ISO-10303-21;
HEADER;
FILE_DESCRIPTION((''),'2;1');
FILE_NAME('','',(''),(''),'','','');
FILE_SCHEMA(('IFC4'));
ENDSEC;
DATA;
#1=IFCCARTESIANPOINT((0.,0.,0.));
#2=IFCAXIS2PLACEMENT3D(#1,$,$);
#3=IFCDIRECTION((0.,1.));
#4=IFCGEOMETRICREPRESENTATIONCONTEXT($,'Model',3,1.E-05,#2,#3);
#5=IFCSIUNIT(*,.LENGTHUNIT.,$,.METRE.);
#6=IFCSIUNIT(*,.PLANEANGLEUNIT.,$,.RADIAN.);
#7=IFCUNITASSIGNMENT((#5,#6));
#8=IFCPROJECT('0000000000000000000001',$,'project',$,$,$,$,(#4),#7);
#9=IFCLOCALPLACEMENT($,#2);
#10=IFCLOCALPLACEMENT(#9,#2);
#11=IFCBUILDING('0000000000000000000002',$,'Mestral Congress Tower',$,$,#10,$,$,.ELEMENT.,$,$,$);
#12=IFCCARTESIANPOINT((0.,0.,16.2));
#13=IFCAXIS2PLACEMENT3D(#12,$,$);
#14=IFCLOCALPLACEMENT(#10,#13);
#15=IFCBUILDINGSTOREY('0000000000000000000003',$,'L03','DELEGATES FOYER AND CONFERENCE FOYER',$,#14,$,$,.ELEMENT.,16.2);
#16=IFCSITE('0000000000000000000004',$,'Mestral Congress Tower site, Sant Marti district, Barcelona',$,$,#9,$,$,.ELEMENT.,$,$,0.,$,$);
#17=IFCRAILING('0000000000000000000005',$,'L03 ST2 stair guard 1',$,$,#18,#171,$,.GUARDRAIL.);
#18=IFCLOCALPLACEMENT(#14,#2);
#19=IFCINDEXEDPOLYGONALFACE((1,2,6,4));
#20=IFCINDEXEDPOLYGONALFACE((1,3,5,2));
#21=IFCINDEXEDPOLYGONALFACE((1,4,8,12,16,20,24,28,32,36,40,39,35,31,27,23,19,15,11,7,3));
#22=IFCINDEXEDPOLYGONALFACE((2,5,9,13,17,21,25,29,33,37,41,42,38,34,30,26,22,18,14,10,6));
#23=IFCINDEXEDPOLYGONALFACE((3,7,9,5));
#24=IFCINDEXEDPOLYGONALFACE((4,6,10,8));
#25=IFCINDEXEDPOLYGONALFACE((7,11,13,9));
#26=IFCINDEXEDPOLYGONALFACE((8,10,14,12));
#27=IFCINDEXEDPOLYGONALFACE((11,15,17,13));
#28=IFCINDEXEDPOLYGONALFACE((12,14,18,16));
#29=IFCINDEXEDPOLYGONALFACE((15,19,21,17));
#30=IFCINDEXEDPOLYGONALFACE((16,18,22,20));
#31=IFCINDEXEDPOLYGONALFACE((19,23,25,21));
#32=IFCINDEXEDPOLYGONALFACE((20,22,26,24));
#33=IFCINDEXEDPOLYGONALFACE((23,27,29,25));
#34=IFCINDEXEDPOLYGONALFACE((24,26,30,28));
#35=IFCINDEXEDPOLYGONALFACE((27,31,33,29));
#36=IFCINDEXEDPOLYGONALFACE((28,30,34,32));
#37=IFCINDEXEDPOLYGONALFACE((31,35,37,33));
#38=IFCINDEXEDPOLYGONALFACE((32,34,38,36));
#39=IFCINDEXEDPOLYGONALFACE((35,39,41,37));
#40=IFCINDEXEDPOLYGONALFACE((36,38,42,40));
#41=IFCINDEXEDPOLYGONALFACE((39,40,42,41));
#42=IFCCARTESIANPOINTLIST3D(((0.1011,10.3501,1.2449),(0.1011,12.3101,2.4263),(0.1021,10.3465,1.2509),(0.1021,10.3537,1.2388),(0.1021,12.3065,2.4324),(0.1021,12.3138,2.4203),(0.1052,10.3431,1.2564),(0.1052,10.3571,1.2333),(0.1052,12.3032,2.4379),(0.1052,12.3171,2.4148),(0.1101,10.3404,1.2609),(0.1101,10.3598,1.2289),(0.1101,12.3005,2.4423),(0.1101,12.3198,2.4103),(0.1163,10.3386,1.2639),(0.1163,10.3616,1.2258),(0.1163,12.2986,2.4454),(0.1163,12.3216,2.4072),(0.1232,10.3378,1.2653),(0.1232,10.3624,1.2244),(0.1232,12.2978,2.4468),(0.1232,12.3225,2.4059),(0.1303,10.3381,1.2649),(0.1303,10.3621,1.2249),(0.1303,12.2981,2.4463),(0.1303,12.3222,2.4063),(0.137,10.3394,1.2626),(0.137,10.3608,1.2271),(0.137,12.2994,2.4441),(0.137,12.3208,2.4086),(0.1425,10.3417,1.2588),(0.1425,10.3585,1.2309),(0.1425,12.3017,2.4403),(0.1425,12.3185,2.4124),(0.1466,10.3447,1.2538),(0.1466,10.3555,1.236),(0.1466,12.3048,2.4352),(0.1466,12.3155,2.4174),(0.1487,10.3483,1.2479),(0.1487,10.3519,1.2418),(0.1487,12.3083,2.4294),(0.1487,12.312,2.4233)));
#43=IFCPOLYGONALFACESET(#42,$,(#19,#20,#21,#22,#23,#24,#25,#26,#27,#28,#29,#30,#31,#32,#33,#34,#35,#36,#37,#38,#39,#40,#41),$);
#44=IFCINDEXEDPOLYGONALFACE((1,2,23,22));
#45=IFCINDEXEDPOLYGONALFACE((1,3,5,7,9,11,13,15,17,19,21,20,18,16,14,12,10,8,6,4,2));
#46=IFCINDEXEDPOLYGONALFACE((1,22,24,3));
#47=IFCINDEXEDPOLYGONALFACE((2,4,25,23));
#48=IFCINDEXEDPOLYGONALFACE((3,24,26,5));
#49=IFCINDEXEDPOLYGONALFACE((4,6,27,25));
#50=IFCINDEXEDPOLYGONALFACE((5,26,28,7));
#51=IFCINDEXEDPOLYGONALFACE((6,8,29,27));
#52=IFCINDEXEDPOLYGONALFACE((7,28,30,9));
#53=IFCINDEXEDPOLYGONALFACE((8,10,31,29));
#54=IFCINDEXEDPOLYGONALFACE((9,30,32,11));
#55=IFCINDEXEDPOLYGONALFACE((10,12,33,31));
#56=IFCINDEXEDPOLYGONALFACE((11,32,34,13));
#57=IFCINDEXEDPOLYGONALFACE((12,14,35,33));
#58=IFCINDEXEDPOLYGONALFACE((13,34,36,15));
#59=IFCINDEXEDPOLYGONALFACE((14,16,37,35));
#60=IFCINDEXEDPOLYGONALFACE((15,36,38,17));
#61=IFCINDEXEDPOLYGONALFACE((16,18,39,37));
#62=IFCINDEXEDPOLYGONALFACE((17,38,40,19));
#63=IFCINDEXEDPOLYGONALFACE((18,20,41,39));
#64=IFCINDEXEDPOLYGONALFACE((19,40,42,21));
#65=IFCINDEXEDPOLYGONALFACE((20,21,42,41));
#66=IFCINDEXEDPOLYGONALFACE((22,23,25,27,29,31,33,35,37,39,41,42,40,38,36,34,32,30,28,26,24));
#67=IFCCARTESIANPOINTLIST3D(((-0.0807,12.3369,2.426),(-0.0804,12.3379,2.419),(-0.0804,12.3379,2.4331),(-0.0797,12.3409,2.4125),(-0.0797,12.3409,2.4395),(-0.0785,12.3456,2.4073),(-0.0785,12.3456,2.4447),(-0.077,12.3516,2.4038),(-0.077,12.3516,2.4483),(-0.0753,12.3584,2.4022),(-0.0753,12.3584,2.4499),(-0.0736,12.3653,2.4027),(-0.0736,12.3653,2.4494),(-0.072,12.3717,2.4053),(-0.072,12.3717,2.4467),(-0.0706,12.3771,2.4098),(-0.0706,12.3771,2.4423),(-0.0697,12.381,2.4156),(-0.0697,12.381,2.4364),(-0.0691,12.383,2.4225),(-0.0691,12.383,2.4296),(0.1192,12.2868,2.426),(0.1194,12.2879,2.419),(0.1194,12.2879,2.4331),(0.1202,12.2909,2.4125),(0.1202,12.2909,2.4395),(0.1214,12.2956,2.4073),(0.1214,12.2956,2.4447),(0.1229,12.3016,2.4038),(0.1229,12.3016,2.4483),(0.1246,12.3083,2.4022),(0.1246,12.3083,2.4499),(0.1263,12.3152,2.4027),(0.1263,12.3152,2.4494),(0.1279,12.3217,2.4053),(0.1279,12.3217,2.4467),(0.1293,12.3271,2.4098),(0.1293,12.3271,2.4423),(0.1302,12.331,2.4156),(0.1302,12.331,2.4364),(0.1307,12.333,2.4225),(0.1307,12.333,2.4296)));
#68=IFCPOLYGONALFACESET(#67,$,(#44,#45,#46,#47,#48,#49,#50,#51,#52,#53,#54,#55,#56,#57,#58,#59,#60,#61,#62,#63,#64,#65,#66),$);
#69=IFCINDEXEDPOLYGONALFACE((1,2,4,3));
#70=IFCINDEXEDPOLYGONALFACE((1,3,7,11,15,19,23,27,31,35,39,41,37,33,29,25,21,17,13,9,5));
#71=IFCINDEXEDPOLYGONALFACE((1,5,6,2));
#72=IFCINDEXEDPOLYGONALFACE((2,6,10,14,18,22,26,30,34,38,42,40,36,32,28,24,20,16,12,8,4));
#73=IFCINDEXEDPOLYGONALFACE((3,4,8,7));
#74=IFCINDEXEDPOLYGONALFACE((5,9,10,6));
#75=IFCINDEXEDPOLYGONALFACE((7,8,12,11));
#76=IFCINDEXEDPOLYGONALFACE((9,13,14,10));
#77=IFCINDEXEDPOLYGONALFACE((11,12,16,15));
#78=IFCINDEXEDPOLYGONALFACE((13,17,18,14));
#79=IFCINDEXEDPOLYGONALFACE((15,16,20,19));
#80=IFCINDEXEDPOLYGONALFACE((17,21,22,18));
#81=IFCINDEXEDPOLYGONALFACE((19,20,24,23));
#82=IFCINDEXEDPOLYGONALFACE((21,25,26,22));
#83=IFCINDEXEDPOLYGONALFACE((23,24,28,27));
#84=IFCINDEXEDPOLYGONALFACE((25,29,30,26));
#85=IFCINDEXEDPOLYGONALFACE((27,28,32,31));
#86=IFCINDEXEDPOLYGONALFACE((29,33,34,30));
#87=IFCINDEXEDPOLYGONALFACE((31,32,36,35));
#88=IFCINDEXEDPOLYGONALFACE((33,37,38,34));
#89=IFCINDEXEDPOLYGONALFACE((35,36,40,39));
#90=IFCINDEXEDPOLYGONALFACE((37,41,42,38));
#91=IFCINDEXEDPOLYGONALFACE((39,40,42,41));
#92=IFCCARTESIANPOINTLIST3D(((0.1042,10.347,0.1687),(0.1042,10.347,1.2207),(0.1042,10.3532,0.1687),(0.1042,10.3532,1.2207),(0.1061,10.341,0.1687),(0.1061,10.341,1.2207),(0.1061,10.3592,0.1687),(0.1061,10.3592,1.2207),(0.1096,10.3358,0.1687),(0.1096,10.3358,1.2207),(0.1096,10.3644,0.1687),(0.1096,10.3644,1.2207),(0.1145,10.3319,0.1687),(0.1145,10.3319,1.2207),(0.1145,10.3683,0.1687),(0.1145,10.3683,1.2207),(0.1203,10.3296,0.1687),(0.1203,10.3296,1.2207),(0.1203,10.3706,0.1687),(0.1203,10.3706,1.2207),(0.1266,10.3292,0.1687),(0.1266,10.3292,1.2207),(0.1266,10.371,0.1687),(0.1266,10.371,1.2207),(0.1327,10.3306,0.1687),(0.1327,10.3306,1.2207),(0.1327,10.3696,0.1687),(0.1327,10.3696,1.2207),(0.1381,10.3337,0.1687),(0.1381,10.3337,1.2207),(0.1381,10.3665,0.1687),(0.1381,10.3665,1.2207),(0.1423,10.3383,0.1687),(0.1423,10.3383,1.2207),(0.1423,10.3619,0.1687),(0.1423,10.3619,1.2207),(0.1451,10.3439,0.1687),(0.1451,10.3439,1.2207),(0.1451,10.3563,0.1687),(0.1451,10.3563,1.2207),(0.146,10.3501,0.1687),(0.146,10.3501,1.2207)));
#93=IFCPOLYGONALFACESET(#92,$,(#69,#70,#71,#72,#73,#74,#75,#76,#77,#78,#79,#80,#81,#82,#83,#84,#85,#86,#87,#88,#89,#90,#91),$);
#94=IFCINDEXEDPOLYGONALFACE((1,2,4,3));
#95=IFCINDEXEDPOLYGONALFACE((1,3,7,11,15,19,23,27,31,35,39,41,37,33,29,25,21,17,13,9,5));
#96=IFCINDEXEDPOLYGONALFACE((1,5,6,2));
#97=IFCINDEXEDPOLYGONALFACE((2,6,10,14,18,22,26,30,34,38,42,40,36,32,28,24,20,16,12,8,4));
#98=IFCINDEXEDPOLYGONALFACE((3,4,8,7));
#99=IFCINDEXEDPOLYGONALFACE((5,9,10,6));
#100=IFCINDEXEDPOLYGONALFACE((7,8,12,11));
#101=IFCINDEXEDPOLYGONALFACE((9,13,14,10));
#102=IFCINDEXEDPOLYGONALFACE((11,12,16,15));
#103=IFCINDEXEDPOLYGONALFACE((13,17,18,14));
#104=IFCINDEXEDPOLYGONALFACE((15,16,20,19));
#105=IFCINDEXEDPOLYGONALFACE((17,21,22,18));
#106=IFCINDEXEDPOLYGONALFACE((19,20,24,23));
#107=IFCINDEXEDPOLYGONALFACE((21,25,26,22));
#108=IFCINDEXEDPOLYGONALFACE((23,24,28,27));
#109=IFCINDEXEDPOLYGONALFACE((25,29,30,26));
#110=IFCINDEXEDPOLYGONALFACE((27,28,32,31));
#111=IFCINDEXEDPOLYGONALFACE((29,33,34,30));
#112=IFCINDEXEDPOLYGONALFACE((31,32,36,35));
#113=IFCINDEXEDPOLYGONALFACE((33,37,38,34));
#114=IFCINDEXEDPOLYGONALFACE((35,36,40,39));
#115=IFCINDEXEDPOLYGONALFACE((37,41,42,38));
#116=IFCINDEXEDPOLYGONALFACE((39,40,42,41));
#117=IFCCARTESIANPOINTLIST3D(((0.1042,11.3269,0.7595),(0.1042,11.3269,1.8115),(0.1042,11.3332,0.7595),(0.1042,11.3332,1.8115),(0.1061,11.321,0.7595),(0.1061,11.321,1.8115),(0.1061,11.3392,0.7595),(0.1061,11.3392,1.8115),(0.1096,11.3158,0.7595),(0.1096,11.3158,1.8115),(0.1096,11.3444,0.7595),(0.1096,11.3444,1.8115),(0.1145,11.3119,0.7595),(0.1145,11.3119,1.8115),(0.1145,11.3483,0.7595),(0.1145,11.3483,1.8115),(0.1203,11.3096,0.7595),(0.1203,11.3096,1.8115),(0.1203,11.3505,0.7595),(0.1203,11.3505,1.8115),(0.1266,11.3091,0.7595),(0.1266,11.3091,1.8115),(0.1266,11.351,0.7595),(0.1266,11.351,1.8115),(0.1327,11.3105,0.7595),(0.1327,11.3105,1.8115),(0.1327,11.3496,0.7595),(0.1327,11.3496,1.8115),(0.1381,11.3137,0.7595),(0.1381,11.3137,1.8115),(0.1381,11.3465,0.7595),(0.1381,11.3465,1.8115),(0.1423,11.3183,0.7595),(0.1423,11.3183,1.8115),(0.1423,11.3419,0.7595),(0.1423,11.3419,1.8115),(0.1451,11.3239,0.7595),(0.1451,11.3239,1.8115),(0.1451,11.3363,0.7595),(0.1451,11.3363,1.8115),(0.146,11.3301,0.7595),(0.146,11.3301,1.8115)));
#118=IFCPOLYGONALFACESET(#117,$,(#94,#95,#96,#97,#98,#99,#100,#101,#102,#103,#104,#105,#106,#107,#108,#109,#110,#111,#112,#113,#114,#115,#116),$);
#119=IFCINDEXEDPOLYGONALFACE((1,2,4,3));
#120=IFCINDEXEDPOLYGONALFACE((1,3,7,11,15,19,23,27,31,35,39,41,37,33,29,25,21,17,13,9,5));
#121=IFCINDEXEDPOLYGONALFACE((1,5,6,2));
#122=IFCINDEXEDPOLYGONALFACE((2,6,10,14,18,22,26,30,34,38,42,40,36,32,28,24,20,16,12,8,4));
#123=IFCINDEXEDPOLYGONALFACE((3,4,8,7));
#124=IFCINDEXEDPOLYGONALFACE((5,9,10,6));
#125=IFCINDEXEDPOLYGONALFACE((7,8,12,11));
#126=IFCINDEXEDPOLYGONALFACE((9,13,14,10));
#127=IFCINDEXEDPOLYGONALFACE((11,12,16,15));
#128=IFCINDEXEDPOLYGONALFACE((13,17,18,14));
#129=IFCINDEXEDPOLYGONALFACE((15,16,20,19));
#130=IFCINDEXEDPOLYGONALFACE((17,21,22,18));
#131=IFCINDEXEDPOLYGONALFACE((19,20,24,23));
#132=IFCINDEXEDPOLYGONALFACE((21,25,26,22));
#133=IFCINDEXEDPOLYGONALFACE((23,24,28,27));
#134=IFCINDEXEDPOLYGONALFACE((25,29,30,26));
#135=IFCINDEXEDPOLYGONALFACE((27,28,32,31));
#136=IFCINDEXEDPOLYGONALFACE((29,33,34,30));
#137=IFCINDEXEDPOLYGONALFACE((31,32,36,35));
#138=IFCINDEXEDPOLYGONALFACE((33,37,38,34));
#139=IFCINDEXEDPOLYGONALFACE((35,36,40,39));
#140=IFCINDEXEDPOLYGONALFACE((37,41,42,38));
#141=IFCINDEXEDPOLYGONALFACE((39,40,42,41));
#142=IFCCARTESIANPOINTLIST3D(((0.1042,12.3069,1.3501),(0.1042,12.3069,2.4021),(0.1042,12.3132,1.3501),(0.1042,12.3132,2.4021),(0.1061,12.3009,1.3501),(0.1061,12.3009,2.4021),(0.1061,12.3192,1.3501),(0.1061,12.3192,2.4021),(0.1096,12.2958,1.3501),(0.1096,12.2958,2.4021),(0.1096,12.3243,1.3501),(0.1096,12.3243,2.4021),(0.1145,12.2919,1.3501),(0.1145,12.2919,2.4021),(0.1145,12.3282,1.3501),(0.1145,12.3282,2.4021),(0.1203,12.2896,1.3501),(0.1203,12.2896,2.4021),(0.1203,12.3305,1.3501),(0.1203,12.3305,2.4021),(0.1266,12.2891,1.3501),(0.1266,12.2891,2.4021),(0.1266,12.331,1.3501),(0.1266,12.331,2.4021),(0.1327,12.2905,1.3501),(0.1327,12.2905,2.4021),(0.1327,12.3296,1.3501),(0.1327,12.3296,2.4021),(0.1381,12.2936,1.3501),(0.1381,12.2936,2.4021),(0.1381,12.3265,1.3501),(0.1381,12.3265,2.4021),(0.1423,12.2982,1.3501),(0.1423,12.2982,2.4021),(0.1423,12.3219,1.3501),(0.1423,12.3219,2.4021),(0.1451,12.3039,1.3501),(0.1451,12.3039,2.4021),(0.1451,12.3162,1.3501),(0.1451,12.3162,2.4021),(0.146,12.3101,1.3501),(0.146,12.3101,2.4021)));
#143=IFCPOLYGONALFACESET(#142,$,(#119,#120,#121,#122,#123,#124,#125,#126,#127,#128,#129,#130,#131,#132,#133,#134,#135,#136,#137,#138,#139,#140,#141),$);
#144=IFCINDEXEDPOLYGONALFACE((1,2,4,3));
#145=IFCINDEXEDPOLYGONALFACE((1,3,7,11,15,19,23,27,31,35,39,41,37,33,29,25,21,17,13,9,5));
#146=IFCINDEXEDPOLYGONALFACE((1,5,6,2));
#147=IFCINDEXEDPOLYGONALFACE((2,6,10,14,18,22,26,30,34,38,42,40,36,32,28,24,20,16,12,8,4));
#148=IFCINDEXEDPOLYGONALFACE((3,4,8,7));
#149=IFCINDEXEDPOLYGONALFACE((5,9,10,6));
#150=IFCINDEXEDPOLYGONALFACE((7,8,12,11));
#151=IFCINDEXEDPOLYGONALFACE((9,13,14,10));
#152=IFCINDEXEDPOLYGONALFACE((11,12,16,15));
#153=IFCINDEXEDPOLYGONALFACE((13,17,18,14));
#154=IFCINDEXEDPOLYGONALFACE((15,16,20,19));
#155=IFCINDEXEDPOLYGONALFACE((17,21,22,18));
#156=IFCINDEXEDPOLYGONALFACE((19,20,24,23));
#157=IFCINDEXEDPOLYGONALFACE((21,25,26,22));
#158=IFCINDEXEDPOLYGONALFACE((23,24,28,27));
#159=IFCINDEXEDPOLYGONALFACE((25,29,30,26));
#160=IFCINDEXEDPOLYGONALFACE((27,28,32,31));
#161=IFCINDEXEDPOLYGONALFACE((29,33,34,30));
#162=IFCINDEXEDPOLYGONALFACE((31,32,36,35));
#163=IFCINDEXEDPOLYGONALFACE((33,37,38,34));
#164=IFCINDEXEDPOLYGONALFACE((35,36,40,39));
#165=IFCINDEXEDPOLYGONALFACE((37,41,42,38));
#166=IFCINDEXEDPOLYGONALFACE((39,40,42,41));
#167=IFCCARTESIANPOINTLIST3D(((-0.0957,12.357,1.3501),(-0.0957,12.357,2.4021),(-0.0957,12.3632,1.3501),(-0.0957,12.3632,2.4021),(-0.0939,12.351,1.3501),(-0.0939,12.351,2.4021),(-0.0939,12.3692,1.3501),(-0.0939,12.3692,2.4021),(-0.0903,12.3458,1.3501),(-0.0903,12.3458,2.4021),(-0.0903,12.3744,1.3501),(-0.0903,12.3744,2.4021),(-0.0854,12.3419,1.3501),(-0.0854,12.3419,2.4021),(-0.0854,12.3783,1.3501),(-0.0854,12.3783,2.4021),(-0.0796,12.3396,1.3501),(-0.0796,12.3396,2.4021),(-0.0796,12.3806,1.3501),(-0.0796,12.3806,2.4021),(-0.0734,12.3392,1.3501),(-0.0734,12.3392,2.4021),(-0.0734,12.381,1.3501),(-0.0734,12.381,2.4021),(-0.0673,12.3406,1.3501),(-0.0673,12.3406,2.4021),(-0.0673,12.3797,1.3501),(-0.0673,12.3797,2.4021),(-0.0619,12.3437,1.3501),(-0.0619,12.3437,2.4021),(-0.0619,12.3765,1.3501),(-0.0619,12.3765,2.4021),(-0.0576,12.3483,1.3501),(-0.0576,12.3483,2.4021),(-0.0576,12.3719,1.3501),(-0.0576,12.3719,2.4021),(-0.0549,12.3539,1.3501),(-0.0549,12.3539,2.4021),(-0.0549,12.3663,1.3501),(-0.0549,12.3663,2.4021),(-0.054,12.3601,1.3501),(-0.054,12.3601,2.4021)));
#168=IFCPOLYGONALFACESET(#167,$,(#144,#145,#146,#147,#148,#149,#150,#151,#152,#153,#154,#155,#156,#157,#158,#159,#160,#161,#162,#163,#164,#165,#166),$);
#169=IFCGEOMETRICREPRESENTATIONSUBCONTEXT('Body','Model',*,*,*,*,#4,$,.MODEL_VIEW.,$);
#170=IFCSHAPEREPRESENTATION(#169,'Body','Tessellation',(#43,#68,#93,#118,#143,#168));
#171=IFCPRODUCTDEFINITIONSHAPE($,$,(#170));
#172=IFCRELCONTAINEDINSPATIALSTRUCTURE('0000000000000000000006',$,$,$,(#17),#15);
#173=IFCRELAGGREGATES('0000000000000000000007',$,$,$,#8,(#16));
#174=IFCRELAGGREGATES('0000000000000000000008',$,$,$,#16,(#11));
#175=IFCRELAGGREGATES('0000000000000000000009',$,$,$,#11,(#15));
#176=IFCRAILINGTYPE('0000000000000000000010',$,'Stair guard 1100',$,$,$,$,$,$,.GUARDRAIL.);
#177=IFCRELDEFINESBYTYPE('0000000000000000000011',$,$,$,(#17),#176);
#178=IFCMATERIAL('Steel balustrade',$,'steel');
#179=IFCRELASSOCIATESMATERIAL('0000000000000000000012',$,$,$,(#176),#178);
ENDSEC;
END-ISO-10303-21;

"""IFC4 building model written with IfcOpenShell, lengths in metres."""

from ifc_helpers import new_model, si_unit, direction, frame, origin, origin_2d, place, context, subcontext, project, spatial, circle, extrude, material, type_object, element, save


model = new_model("IFC4")

# Units and contexts
model_context = context("Model", 3, precision=1e-05, world=origin(), true_north=direction((0.0, 1.0)))
body_context = subcontext(model_context, "Body", "Model", "MODEL_VIEW")
ifc_project = project(units=[si_unit("LENGTHUNIT", "METRE"), si_unit("PLANEANGLEUNIT", "RADIAN")], contexts=[model_context])

# Site, building, storey
site_placement = place(None, origin())
site = spatial("IfcSite", under=ifc_project, at=site_placement, Name="Mestral Congress Tower site, Sant Marti district, Barcelona", CompositionType="ELEMENT", RefElevation=0.0)
building_placement = place(site_placement, origin())
building = spatial("IfcBuilding", under=site, at=building_placement, Name="Mestral Congress Tower", CompositionType="ELEMENT")
storey_placement = place(building_placement, frame((0.0, 0.0, 16.2)))
storey = spatial("IfcBuildingStorey", under=building, at=storey_placement, Name="L03", Description="DELEGATES FOYER AND CONFERENCE FOYER", CompositionType="ELEMENT", Elevation=16.2)

# Railing
ifc_material_1 = material(Name="Steel balustrade", Category="steel")
railing_type_1 = type_object("IfcRailingType", Name="Stair guard 1100", PredefinedType="GUARDRAIL", material=ifc_material_1)
railing_1_placement = place(storey_placement, frame((0.125, 10.3501, 0.1687)))
element("IfcRailing", 1, at=railing_1_placement, inside=storey, type_object=railing_type_1, Name="L03 ST2 stair guard 1", PredefinedType="GUARDRAIL", context=body_context, shape_type="SweptSolid", body=[
    extrude(circle(Radius=0.0239, at=origin_2d()), frame((0.0, 0.0, 1.0762), z_axis=(0.0, 0.856446, 0.516236), x_axis=(-1.0, 0.0, 0.0)), (0.0, 0.0, 1.0), 2.2886),
    extrude(circle(Radius=0.0239, at=origin_2d()), frame((0.0, 1.96, 2.2573), z_axis=(-0.970073, 0.242814, 0.0), x_axis=(-0.242814, -0.970073, 0.0)), (0.0, 0.0, 1.0), 0.2061),
    extrude(circle(Radius=0.021, at=origin_2d()), origin(), (0.0, 0.0, 1.0), 1.052),
    extrude(circle(Radius=0.021, at=origin_2d()), frame((0.0, 0.98, 0.5908)), (0.0, 0.0, 1.0), 1.052),
    extrude(circle(Radius=0.021, at=origin_2d()), frame((0.0, 1.96, 1.1814)), (0.0, 0.0, 1.0), 1.052),
    extrude(circle(Radius=0.021, at=origin_2d()), frame((-0.2, 2.01, 1.1814)), (0.0, 0.0, 1.0), 1.052),
])

save(model, "model.ifc")
